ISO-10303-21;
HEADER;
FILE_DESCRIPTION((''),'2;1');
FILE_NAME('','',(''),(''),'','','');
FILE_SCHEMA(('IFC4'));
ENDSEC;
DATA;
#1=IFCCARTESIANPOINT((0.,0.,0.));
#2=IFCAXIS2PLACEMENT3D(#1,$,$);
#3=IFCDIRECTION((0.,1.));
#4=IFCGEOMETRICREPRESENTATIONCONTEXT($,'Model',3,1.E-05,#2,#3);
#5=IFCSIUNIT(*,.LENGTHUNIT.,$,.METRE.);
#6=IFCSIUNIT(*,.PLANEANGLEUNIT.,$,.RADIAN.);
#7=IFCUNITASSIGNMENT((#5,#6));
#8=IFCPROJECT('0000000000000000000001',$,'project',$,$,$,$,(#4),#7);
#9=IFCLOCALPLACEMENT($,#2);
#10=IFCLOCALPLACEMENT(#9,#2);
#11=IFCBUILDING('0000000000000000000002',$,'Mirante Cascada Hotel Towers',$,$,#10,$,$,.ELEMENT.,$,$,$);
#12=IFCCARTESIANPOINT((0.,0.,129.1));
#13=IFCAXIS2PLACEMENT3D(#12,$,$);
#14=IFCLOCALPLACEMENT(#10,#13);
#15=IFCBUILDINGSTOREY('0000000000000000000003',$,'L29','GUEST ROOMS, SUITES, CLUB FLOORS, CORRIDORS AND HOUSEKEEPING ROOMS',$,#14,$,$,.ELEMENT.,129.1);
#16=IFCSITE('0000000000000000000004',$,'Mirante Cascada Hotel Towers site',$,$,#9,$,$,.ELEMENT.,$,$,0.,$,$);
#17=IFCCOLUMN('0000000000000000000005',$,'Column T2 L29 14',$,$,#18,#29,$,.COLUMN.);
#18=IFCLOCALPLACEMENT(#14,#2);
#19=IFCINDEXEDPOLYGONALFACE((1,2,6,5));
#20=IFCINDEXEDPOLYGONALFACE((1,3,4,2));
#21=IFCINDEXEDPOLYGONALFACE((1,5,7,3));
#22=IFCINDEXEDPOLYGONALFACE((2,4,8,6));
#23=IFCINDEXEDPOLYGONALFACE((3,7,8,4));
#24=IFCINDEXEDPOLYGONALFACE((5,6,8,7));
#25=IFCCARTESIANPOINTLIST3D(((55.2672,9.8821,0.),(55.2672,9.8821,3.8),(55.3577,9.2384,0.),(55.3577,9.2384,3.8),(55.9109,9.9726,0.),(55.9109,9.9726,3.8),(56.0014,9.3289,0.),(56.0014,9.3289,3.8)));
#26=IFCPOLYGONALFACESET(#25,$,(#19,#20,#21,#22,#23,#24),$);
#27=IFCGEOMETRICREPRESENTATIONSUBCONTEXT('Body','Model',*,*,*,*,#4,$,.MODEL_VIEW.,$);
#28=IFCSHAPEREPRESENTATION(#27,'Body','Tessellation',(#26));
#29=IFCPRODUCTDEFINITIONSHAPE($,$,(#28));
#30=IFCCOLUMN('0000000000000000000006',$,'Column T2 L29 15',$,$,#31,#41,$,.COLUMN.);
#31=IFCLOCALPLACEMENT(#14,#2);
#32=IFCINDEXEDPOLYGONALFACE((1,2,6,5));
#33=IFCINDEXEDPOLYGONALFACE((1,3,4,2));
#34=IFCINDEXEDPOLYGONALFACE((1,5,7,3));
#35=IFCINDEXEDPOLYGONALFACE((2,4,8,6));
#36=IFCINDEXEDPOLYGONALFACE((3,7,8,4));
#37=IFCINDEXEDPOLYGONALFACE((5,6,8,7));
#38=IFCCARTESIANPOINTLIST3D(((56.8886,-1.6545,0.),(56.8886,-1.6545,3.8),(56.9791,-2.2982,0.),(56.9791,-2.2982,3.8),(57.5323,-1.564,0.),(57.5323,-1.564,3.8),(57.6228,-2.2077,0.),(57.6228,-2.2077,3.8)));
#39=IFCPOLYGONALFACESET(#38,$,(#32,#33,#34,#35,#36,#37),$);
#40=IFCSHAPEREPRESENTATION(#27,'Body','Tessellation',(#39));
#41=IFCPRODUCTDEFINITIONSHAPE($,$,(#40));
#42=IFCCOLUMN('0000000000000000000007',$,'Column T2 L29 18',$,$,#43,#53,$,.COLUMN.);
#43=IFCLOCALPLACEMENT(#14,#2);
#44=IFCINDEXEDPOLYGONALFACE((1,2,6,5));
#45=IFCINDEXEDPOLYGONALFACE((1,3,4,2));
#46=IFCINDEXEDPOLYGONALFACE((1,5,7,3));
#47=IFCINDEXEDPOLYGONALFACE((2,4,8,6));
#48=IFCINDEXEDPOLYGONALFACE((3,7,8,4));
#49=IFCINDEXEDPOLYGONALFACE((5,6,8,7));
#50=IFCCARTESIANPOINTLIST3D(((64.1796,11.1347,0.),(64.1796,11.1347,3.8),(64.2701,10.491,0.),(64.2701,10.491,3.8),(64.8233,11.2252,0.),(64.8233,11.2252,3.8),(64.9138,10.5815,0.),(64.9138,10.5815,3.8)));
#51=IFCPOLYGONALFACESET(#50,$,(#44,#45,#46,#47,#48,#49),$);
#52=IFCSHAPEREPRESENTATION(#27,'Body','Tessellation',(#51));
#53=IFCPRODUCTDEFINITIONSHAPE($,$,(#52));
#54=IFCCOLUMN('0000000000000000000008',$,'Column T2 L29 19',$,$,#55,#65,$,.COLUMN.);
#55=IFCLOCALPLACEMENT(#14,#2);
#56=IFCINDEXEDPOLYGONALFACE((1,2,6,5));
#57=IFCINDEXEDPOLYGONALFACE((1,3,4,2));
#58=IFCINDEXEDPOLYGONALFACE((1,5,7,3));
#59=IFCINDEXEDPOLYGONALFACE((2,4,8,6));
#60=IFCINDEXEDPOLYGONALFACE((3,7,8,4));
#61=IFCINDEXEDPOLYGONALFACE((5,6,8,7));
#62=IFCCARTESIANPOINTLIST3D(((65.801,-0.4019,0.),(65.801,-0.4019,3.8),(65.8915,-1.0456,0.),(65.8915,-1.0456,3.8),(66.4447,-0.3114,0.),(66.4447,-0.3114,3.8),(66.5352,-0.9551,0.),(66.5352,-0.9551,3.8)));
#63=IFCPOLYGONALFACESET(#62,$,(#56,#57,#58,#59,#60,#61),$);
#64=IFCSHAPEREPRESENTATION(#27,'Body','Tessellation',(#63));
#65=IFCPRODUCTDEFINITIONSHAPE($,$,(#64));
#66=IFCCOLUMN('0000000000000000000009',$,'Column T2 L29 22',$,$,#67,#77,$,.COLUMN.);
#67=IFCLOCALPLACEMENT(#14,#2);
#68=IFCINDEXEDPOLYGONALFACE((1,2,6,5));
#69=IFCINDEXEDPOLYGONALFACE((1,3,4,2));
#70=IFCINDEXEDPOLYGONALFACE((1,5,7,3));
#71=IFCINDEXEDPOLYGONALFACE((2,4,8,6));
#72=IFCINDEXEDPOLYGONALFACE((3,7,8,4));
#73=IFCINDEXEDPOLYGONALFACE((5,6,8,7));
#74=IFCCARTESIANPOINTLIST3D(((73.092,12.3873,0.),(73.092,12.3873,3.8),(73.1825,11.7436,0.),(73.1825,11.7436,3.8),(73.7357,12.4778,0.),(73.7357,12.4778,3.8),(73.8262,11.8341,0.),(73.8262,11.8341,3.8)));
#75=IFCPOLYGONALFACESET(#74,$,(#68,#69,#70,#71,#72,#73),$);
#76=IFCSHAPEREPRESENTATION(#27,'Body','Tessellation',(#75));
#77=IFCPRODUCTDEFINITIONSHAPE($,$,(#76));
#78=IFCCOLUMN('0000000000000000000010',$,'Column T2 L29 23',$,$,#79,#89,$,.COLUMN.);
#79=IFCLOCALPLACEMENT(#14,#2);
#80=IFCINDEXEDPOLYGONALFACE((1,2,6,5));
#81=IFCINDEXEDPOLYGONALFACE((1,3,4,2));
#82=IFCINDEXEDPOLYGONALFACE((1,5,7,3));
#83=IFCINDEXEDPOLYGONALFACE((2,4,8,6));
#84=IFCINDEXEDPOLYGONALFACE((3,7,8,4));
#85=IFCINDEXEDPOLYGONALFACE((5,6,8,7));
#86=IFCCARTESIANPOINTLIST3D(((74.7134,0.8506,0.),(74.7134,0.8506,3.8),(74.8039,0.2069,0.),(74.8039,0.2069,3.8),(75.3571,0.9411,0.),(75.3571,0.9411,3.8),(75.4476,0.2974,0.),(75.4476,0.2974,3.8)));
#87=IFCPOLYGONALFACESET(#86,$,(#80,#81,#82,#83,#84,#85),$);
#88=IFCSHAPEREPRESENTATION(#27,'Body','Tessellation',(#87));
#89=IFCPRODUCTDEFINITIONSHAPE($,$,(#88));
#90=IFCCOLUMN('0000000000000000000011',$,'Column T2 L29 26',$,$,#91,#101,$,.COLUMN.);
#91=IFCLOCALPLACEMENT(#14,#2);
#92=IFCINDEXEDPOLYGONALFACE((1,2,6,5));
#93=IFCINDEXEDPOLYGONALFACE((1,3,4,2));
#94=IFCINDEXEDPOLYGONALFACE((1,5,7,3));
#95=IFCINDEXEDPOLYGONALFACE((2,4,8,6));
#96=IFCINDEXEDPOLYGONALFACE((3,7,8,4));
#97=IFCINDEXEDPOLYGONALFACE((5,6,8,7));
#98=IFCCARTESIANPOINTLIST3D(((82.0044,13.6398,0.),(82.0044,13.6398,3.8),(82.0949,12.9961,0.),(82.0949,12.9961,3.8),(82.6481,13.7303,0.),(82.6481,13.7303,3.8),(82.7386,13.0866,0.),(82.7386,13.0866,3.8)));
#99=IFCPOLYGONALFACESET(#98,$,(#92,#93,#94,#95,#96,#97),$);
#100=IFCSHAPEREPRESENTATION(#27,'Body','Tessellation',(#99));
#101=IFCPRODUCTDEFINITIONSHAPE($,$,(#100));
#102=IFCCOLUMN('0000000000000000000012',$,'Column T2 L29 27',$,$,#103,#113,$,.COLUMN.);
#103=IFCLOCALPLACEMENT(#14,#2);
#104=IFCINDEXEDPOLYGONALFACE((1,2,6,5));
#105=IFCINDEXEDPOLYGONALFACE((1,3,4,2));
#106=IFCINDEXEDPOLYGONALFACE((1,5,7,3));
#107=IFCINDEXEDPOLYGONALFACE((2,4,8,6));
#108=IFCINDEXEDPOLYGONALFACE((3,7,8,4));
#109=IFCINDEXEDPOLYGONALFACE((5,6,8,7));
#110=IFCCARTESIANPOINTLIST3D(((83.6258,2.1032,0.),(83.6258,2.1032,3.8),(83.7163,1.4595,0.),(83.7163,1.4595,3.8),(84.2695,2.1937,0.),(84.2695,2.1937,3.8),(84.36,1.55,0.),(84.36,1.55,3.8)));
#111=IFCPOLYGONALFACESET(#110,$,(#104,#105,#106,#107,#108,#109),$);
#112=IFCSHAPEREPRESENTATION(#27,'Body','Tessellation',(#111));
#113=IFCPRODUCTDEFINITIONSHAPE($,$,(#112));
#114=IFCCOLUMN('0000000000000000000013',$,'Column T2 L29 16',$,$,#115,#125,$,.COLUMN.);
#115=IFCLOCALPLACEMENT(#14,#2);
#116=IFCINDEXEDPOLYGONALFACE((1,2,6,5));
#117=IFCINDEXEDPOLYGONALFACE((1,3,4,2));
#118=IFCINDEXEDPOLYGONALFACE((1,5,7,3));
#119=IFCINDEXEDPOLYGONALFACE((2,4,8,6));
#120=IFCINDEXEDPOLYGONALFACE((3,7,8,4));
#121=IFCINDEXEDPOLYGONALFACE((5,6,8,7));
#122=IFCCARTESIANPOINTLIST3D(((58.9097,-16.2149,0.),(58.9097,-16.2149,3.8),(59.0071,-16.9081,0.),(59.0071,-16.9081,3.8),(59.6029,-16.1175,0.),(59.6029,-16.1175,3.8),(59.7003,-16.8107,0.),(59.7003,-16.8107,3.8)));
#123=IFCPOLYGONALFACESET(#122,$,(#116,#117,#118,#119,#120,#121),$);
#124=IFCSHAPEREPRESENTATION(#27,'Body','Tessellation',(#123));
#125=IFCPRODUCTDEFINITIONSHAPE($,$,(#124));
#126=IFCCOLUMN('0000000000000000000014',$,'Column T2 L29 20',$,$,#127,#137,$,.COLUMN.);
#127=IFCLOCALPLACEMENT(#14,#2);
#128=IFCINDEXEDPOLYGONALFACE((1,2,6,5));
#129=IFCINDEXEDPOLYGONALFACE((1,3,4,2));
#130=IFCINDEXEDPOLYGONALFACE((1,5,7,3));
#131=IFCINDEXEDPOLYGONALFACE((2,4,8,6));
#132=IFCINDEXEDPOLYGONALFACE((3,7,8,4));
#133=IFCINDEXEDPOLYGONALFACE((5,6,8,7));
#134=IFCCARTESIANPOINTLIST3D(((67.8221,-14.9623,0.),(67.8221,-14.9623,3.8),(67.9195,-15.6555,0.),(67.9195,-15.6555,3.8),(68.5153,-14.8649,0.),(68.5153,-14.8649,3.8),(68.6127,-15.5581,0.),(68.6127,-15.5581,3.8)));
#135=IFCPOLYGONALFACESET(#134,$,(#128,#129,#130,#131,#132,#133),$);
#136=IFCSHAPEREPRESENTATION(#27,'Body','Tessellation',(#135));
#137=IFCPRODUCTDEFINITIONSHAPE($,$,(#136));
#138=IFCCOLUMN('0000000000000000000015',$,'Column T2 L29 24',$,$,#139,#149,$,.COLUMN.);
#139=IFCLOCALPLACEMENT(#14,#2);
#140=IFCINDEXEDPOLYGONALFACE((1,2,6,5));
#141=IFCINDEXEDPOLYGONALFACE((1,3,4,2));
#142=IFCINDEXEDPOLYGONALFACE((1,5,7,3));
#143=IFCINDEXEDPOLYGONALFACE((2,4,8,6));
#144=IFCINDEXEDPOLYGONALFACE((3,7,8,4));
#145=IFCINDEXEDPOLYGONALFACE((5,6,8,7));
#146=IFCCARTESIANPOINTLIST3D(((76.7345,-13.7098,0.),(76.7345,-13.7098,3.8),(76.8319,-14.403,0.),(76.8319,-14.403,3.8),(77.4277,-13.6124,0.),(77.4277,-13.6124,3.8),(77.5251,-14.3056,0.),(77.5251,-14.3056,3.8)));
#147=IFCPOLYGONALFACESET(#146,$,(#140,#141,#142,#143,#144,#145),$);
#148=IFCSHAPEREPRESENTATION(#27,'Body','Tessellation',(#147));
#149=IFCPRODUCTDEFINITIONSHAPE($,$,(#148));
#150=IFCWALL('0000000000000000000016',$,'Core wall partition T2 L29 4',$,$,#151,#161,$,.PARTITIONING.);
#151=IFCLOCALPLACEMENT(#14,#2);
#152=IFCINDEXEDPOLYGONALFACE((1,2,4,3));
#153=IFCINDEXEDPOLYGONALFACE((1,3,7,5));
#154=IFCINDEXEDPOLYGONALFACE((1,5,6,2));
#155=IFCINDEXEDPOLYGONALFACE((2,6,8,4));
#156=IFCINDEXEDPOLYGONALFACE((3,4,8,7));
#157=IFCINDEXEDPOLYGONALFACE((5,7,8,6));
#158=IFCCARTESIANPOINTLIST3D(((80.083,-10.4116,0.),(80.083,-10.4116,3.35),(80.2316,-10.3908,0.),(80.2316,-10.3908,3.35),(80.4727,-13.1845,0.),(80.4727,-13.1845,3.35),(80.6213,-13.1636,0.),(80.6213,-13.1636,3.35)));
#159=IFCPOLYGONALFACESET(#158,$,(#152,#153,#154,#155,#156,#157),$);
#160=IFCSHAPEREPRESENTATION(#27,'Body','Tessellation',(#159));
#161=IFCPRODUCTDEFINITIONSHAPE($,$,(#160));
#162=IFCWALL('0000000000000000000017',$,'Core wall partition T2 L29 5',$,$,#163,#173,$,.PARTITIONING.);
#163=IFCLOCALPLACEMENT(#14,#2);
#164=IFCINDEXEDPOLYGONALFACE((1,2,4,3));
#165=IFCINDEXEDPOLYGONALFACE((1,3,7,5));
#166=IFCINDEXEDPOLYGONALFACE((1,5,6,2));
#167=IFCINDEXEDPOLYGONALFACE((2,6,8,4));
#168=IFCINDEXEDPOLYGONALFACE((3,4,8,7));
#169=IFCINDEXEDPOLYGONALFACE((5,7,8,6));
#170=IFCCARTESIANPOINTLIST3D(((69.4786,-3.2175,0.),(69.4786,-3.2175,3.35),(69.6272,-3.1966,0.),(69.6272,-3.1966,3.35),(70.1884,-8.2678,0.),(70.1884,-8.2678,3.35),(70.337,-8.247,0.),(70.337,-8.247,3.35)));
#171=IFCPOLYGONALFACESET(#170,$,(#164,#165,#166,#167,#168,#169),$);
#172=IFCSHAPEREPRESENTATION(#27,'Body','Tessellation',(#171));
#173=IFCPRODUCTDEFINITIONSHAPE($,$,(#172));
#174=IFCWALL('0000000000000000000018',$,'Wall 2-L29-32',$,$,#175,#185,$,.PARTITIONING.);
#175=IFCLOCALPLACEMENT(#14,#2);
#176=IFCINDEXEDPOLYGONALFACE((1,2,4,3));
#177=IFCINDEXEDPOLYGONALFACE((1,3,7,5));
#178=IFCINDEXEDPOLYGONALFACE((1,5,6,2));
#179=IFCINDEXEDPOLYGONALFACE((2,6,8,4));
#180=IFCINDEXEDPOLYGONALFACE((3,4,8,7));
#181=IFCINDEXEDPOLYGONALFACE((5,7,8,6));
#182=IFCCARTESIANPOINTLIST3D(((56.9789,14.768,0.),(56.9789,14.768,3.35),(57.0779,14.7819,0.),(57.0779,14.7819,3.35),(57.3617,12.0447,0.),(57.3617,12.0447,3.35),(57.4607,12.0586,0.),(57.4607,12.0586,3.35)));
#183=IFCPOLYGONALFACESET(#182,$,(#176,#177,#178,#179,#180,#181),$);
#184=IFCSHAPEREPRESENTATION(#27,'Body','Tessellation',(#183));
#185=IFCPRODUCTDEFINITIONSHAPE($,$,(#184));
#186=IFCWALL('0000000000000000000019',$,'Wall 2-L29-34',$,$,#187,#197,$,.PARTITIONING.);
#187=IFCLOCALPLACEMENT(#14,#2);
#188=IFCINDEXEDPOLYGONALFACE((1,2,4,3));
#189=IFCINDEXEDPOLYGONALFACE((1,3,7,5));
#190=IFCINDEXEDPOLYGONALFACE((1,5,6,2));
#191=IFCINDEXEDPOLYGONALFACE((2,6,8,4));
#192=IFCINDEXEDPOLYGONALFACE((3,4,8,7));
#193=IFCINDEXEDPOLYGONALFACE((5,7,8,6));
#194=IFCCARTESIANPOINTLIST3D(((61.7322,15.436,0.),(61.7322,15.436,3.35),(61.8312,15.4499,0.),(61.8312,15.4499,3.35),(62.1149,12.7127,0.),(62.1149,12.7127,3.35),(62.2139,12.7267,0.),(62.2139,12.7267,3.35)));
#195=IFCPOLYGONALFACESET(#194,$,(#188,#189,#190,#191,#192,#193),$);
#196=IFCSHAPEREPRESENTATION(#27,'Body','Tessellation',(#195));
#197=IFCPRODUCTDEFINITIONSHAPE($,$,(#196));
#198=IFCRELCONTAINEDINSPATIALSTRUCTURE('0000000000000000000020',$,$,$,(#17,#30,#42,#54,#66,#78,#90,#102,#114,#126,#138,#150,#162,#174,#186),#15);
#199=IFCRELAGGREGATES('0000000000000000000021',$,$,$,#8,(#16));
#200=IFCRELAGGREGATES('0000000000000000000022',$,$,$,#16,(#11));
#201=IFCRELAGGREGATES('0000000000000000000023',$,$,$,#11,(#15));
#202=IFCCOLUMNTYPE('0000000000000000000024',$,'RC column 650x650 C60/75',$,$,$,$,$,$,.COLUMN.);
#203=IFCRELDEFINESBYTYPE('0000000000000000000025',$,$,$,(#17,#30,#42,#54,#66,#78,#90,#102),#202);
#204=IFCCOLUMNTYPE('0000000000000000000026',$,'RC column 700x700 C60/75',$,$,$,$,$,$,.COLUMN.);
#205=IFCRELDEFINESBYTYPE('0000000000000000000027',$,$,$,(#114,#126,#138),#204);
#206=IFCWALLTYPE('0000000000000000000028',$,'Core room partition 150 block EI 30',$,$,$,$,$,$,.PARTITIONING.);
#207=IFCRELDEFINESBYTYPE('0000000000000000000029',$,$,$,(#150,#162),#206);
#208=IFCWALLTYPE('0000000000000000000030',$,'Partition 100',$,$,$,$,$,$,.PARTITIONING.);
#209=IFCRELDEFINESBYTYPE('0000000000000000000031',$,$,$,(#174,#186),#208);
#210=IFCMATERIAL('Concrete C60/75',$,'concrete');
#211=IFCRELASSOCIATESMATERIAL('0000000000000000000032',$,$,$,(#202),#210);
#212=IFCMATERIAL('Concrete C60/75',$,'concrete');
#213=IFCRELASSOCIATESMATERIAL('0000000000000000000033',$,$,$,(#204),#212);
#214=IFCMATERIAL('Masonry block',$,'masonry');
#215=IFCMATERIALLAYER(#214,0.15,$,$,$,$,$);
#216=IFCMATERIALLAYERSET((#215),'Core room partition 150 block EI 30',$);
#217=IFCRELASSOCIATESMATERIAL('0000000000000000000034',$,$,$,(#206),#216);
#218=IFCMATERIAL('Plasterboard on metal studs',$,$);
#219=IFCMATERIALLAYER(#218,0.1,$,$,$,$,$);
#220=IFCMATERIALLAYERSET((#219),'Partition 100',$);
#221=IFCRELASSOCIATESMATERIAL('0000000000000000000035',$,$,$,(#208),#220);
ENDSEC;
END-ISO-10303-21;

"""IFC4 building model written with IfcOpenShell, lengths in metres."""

from ifc_helpers import new_model, si_unit, direction, frame, frame_2d, origin, origin_2d, place, context, subcontext, project, spatial, rectangle, extrude, material, layer, layer_set, material_profile, profile_set, type_object, element, save


model = new_model("IFC4")

# Units and contexts
model_context = context("Model", 3, precision=1e-05, world=origin(), true_north=direction((0.0, 1.0)))
body_context = subcontext(model_context, "Body", "Model", "MODEL_VIEW")
ifc_project = project(units=[si_unit("LENGTHUNIT", "METRE"), si_unit("PLANEANGLEUNIT", "RADIAN")], contexts=[model_context])

# Site, building, storey
site_placement = place(None, origin())
site = spatial("IfcSite", under=ifc_project, at=site_placement, Name="Mirante Cascada Hotel Towers site", CompositionType="ELEMENT", RefElevation=0.0)
building_placement = place(site_placement, origin())
building = spatial("IfcBuilding", under=site, at=building_placement, Name="Mirante Cascada Hotel Towers", CompositionType="ELEMENT")
storey_placement = place(building_placement, frame((0.0, 0.0, 129.1)))
storey = spatial("IfcBuildingStorey", under=building, at=storey_placement, Name="L29", Description="GUEST ROOMS, SUITES, CLUB FLOORS, CORRIDORS AND HOUSEKEEPING ROOMS", CompositionType="ELEMENT", Elevation=129.1)

# Columns
ifc_material_1 = material(Name="Concrete C60/75", Category="concrete")
ifc_material_profile_1 = material_profile(ifc_material_1, rectangle(XDim=0.65, YDim=0.65, at=origin_2d()), Name="RC column 650x650 C60/75")
ifc_profile_set_1 = profile_set([ifc_material_profile_1], Name="Concrete C60/75")
column_type_1 = type_object("IfcColumnType", Name="RC column 650x650 C60/75", PredefinedType="COLUMN", material=ifc_profile_set_1)
for number, where, z_axis, x_axis, name in (
    (1, (55.6343, 9.6055, 0.0), (0.0, 0.0, 1.0), (0.990268, 0.139173, 0.0), "Column T2 L29 14"),
    (2, (57.2557, -1.9311, 0.0), (0.0, 0.0, 1.0), (0.990268, 0.139173, 0.0), "Column T2 L29 15"),
    (3, (64.5467, 10.8581, 0.0), (0.0, 0.0, 1.0), (0.990268, 0.139173, 0.0), "Column T2 L29 18"),
    (4, (66.1681, -0.6785, 0.0), (0.0, 0.0, 1.0), (0.990268, 0.139173, 0.0), "Column T2 L29 19"),
    (5, (73.4591, 12.1107, 0.0), (0.0, 0.0, 1.0), (0.990268, 0.139173, 0.0), "Column T2 L29 22"),
    (6, (75.0805, 0.574, 0.0), (0.0, 0.0, 1.0), (0.990268, 0.139173, 0.0), "Column T2 L29 23"),
    (7, (82.3715, 13.3632, 0.0), (0.0, 0.0, 1.0), (0.990268, 0.139173, 0.0), "Column T2 L29 26"),
    (8, (83.9929, 1.8266, 0.0), (0.0, 0.0, 1.0), (0.990268, 0.139173, 0.0), "Column T2 L29 27"),
):
    element("IfcColumn", number, at=place(storey_placement, frame(where, z_axis=z_axis, x_axis=x_axis)), inside=storey, type_object=column_type_1, Name=name, PredefinedType="COLUMN", context=body_context, shape_type="SweptSolid", body=[
        extrude(rectangle(XDim=0.65, YDim=0.65, at=origin_2d()), origin(), (0.0, 0.0, 1.0), 3.8),
    ])
ifc_material_2 = material(Name="Concrete C60/75", Category="concrete")
ifc_material_profile_2 = material_profile(ifc_material_2, rectangle(XDim=0.7, YDim=0.7, at=origin_2d()), Name="RC column 700x700 C60/75")
ifc_profile_set_2 = profile_set([ifc_material_profile_2], Name="Concrete C60/75")
column_type_2 = type_object("IfcColumnType", Name="RC column 700x700 C60/75", PredefinedType="COLUMN", material=ifc_profile_set_2)
for number, where, z_axis, x_axis, name in (
    (9, (59.305, -16.5128, 0.0), (0.0, 0.0, 1.0), (0.990268, 0.139173, 0.0), "Column T2 L29 16"),
    (10, (68.2174, -15.2602, 0.0), (0.0, 0.0, 1.0), (0.990268, 0.139173, 0.0), "Column T2 L29 20"),
    (11, (77.1298, -14.0077, 0.0), (0.0, 0.0, 1.0), (0.990268, 0.139173, 0.0), "Column T2 L29 24"),
):
    element("IfcColumn", number, at=place(storey_placement, frame(where, z_axis=z_axis, x_axis=x_axis)), inside=storey, type_object=column_type_2, Name=name, PredefinedType="COLUMN", context=body_context, shape_type="SweptSolid", body=[
        extrude(rectangle(XDim=0.7, YDim=0.7, at=origin_2d()), origin(), (0.0, 0.0, 1.0), 3.8),
    ])

# Walls
ifc_material_3 = material(Name="Masonry block", Category="masonry")
ifc_layer_1 = layer(ifc_material_3, 0.15)
ifc_layer_set_1 = layer_set([ifc_layer_1], Name="Core room partition 150 block EI 30")
wall_type_1 = type_object("IfcWallType", Name="Core room partition 150 block EI 30", PredefinedType="PARTITIONING", material=ifc_layer_set_1)
wall_1_placement = place(storey_placement, frame((80.547, -13.174, 0.0), z_axis=(0.0, 0.0, 1.0), x_axis=(-0.139176, 0.990268, 0.0)))
element("IfcWall", 12, at=wall_1_placement, inside=storey, type_object=wall_type_1, Name="Core wall partition T2 L29 4", PredefinedType="PARTITIONING", context=body_context, shape_type="SweptSolid", body=[
    extrude(rectangle(XDim=2.8001, YDim=0.15, at=frame_2d((1.4, 0.0))), origin(), (0.0, 0.0, 1.0), 3.35),
])
wall_2_placement = place(storey_placement, frame((70.2627, -8.2574, 0.0), z_axis=(0.0, 0.0, 1.0), x_axis=(-0.139176, 0.990268, 0.0)))
element("IfcWall", 13, at=wall_2_placement, inside=storey, type_object=wall_type_1, Name="Core wall partition T2 L29 5", PredefinedType="PARTITIONING", context=body_context, shape_type="SweptSolid", body=[
    extrude(rectangle(XDim=5.1, YDim=0.15, at=frame_2d((2.55, 0.0))), origin(), (0.0, 0.0, 1.0), 3.35),
])
ifc_material_4 = material(Name="Plasterboard on metal studs")
ifc_layer_2 = layer(ifc_material_4, 0.1)
ifc_layer_set_2 = layer_set([ifc_layer_2], Name="Partition 100")
wall_type_2 = type_object("IfcWallType", Name="Partition 100", PredefinedType="PARTITIONING", material=ifc_layer_set_2)
wall_3_placement = place(storey_placement, frame((57.4112, 12.0516, 0.0), z_axis=(0.0, 0.0, 1.0), x_axis=(-0.139196, 0.990265, 0.0)))
element("IfcWall", 14, at=wall_3_placement, inside=storey, type_object=wall_type_2, Name="Wall 2-L29-32", PredefinedType="PARTITIONING", context=body_context, shape_type="SweptSolid", body=[
    extrude(rectangle(XDim=2.7501, YDim=0.1, at=frame_2d((1.3751, 0.0))), origin(), (0.0, 0.0, 1.0), 3.35),
])
wall_4_placement = place(storey_placement, frame((62.1644, 12.7197, 0.0), z_axis=(0.0, 0.0, 1.0), x_axis=(-0.139166, 0.990269, 0.0)))
element("IfcWall", 15, at=wall_4_placement, inside=storey, type_object=wall_type_2, Name="Wall 2-L29-34", PredefinedType="PARTITIONING", context=body_context, shape_type="SweptSolid", body=[
    extrude(rectangle(XDim=2.75, YDim=0.1, at=frame_2d((1.375, 0.0))), origin(), (0.0, 0.0, 1.0), 3.35),
])

save(model, "model.ifc")
